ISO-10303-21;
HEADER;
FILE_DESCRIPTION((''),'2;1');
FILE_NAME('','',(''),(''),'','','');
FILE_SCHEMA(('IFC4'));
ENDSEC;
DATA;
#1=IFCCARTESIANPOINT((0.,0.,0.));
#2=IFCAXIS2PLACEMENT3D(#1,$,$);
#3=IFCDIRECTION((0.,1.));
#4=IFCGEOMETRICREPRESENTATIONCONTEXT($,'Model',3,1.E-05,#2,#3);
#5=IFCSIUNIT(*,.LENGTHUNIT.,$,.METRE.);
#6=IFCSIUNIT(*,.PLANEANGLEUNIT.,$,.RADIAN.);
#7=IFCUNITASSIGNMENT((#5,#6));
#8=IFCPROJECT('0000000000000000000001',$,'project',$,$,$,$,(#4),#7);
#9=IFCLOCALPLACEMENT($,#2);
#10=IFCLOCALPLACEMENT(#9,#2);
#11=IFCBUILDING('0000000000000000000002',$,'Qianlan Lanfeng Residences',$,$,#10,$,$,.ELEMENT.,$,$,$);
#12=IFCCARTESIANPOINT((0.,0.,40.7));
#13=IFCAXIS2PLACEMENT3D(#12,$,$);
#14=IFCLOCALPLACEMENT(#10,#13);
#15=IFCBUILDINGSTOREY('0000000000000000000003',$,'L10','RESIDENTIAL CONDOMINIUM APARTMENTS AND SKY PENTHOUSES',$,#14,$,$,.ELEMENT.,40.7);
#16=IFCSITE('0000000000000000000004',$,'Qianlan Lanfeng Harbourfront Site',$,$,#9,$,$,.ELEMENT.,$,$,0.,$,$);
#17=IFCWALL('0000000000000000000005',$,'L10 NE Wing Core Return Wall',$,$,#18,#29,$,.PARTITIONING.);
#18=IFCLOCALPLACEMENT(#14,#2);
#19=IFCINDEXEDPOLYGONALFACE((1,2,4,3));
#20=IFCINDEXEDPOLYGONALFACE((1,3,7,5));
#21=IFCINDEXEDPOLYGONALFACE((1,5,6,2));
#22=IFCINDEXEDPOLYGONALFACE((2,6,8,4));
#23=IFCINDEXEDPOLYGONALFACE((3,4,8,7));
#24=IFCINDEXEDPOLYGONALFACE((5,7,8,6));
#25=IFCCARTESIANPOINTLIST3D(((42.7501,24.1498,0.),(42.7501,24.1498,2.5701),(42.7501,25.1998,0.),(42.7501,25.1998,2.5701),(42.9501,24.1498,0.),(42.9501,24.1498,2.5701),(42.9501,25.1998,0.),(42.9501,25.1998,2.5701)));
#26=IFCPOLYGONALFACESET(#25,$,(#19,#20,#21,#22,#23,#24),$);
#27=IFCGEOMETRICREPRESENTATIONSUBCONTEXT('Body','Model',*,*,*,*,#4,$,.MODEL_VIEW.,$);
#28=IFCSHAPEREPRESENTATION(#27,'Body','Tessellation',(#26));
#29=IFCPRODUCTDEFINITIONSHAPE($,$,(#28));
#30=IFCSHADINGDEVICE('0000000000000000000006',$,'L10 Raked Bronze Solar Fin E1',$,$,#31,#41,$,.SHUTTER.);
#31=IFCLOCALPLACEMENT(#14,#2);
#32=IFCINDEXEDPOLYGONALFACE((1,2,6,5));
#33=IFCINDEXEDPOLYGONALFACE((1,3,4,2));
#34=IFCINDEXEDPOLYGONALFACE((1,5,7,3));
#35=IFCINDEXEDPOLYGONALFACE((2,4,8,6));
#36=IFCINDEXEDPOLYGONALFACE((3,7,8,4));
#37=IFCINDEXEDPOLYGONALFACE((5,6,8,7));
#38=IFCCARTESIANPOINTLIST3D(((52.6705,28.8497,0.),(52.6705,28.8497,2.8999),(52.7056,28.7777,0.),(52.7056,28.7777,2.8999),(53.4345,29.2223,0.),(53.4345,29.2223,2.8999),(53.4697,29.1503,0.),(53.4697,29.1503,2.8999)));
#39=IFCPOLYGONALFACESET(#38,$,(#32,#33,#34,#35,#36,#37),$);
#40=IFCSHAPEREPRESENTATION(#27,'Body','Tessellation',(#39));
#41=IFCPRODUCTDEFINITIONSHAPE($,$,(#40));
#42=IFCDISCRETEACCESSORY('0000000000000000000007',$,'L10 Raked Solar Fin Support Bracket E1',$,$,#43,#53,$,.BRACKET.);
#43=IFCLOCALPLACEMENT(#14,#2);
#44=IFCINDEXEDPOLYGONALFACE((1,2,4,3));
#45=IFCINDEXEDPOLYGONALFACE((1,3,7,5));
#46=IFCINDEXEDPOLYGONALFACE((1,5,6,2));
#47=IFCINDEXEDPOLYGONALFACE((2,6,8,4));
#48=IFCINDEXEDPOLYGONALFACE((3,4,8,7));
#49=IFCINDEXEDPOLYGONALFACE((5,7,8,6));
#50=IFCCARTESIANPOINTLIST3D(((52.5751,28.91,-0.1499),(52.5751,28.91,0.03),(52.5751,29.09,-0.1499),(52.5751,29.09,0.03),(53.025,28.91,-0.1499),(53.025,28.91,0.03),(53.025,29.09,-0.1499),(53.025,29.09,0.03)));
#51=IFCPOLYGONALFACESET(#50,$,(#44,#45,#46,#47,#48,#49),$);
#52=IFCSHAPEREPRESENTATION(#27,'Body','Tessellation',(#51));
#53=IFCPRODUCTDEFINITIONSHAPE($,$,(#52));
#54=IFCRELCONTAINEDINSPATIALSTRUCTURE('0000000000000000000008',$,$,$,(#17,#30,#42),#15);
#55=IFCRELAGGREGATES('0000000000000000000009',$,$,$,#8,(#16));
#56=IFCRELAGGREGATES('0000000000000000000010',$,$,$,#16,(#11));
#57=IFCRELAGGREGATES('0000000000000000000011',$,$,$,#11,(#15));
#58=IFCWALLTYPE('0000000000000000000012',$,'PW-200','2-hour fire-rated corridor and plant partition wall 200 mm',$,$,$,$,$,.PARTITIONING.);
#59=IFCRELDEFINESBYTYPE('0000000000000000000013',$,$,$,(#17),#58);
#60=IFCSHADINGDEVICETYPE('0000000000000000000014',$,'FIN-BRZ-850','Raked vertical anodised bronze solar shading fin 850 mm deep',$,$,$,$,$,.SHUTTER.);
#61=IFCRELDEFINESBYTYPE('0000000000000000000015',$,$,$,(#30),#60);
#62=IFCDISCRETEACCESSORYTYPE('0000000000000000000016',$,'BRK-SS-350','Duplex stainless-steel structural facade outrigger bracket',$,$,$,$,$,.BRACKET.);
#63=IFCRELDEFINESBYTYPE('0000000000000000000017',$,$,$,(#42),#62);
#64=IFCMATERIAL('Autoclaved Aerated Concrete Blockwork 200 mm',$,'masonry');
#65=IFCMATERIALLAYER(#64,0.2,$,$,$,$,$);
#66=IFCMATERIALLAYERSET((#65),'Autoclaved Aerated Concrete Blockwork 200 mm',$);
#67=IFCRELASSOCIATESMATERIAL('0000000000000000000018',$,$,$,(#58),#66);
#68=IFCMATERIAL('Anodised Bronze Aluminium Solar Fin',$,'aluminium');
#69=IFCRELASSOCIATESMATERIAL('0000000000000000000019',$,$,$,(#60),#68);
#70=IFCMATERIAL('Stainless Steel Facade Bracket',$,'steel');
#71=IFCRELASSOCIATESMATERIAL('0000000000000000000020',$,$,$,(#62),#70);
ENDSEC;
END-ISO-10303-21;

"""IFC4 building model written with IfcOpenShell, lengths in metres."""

from ifc_helpers import new_model, si_unit, direction, frame, frame_2d, origin, origin_2d, place, context, subcontext, project, spatial, rectangle, extrude, source, transform, mapped, material, layer, layer_set, type_object, element, save


model = new_model("IFC4")

# Units and contexts
model_context = context("Model", 3, precision=1e-05, world=origin(), true_north=direction((0.0, 1.0)))
body_context = subcontext(model_context, "Body", "Model", "MODEL_VIEW")
ifc_project = project(units=[si_unit("LENGTHUNIT", "METRE"), si_unit("PLANEANGLEUNIT", "RADIAN")], contexts=[model_context])

# Site, building, storey
site_placement = place(None, origin())
site = spatial("IfcSite", under=ifc_project, at=site_placement, Name="Qianlan Lanfeng Harbourfront Site", CompositionType="ELEMENT", RefElevation=0.0)
building_placement = place(site_placement, origin())
building = spatial("IfcBuilding", under=site, at=building_placement, Name="Qianlan Lanfeng Residences", CompositionType="ELEMENT")
storey_placement = place(building_placement, frame((0.0, 0.0, 40.7)))
storey = spatial("IfcBuildingStorey", under=building, at=storey_placement, Name="L10", Description="RESIDENTIAL CONDOMINIUM APARTMENTS AND SKY PENTHOUSES", CompositionType="ELEMENT", Elevation=40.7)

# Shared definitions
ifc_material_1 = material(Name="Autoclaved Aerated Concrete Blockwork 200 mm", Category="masonry")
ifc_layer_1 = layer(ifc_material_1, 0.2)
ifc_layer_set_1 = layer_set([ifc_layer_1], Name="Autoclaved Aerated Concrete Blockwork 200 mm")
wall_type_1 = type_object("IfcWallType", Name="PW-200", Description="2-hour fire-rated corridor and plant partition wall 200 mm", PredefinedType="PARTITIONING", material=ifc_layer_set_1)

# Wall
wall_1_placement = place(storey_placement, frame((42.8501, 24.1499, 0.0), z_axis=(0.0, 0.0, 1.0), x_axis=(0.0, 1.0, 0.0)))
element("IfcWall", 1, at=wall_1_placement, inside=storey, type_object=wall_type_1, Name="L10 NE Wing Core Return Wall", PredefinedType="PARTITIONING", context=body_context, shape_type="SweptSolid", body=[
    extrude(rectangle(XDim=1.05, YDim=0.2, at=frame_2d((0.5249, 0.0))), origin(), (0.0, 0.0, 1.0), 2.5701),
])

# Shading device
ifc_material_2 = material(Name="Anodised Bronze Aluminium Solar Fin", Category="aluminium")
shading_device_type = type_object("IfcShadingDeviceType", Name="FIN-BRZ-850", Description="Raked vertical anodised bronze solar shading fin 850 mm deep", PredefinedType="SHUTTER", material=ifc_material_2)
shared_shape_1 = source(origin(), body_context, "Body", "SweptSolid", [
    extrude(rectangle(XDim=0.8501, YDim=0.0801, at=origin_2d()), origin(), (0.0, 0.0, 1.0), 2.8999),
])
shading_device_placement = place(storey_placement, frame((53.0701, 29.0, 0.0), z_axis=(0.0, 0.0, 1.0), x_axis=(0.898794, 0.438371, 0.0)))
element("IfcShadingDevice", 2, at=shading_device_placement, inside=storey, type_object=shading_device_type, Name="L10 Raked Bronze Solar Fin E1", PredefinedType="SHUTTER", context=body_context, shape_type="MappedRepresentation", body=[
    mapped(shared_shape_1, transform((0.0, 0.0, 0.0), scale=1.0)),
])

# Discrete accessory
ifc_material_3 = material(Name="Stainless Steel Facade Bracket", Category="steel")
discrete_accessory_type = type_object("IfcDiscreteAccessoryType", Name="BRK-SS-350", Description="Duplex stainless-steel structural facade outrigger bracket", PredefinedType="BRACKET", material=ifc_material_3)
shared_shape_2 = source(origin(), body_context, "Body", "SweptSolid", [
    extrude(rectangle(XDim=0.45, YDim=0.1799, at=origin_2d()), origin(), (0.0, 0.0, 1.0), 0.1799),
])
discrete_accessory_placement = place(storey_placement, frame((52.8, 29.0, -0.1499), z_axis=(0.0, 0.0, 1.0), x_axis=(1.0, 0.0, 0.0)))
element("IfcDiscreteAccessory", 3, at=discrete_accessory_placement, inside=storey, type_object=discrete_accessory_type, Name="L10 Raked Solar Fin Support Bracket E1", PredefinedType="BRACKET", context=body_context, shape_type="MappedRepresentation", body=[
    mapped(shared_shape_2, transform((0.0, 0.0, 0.0), scale=1.0)),
])

save(model, "model.ifc")
